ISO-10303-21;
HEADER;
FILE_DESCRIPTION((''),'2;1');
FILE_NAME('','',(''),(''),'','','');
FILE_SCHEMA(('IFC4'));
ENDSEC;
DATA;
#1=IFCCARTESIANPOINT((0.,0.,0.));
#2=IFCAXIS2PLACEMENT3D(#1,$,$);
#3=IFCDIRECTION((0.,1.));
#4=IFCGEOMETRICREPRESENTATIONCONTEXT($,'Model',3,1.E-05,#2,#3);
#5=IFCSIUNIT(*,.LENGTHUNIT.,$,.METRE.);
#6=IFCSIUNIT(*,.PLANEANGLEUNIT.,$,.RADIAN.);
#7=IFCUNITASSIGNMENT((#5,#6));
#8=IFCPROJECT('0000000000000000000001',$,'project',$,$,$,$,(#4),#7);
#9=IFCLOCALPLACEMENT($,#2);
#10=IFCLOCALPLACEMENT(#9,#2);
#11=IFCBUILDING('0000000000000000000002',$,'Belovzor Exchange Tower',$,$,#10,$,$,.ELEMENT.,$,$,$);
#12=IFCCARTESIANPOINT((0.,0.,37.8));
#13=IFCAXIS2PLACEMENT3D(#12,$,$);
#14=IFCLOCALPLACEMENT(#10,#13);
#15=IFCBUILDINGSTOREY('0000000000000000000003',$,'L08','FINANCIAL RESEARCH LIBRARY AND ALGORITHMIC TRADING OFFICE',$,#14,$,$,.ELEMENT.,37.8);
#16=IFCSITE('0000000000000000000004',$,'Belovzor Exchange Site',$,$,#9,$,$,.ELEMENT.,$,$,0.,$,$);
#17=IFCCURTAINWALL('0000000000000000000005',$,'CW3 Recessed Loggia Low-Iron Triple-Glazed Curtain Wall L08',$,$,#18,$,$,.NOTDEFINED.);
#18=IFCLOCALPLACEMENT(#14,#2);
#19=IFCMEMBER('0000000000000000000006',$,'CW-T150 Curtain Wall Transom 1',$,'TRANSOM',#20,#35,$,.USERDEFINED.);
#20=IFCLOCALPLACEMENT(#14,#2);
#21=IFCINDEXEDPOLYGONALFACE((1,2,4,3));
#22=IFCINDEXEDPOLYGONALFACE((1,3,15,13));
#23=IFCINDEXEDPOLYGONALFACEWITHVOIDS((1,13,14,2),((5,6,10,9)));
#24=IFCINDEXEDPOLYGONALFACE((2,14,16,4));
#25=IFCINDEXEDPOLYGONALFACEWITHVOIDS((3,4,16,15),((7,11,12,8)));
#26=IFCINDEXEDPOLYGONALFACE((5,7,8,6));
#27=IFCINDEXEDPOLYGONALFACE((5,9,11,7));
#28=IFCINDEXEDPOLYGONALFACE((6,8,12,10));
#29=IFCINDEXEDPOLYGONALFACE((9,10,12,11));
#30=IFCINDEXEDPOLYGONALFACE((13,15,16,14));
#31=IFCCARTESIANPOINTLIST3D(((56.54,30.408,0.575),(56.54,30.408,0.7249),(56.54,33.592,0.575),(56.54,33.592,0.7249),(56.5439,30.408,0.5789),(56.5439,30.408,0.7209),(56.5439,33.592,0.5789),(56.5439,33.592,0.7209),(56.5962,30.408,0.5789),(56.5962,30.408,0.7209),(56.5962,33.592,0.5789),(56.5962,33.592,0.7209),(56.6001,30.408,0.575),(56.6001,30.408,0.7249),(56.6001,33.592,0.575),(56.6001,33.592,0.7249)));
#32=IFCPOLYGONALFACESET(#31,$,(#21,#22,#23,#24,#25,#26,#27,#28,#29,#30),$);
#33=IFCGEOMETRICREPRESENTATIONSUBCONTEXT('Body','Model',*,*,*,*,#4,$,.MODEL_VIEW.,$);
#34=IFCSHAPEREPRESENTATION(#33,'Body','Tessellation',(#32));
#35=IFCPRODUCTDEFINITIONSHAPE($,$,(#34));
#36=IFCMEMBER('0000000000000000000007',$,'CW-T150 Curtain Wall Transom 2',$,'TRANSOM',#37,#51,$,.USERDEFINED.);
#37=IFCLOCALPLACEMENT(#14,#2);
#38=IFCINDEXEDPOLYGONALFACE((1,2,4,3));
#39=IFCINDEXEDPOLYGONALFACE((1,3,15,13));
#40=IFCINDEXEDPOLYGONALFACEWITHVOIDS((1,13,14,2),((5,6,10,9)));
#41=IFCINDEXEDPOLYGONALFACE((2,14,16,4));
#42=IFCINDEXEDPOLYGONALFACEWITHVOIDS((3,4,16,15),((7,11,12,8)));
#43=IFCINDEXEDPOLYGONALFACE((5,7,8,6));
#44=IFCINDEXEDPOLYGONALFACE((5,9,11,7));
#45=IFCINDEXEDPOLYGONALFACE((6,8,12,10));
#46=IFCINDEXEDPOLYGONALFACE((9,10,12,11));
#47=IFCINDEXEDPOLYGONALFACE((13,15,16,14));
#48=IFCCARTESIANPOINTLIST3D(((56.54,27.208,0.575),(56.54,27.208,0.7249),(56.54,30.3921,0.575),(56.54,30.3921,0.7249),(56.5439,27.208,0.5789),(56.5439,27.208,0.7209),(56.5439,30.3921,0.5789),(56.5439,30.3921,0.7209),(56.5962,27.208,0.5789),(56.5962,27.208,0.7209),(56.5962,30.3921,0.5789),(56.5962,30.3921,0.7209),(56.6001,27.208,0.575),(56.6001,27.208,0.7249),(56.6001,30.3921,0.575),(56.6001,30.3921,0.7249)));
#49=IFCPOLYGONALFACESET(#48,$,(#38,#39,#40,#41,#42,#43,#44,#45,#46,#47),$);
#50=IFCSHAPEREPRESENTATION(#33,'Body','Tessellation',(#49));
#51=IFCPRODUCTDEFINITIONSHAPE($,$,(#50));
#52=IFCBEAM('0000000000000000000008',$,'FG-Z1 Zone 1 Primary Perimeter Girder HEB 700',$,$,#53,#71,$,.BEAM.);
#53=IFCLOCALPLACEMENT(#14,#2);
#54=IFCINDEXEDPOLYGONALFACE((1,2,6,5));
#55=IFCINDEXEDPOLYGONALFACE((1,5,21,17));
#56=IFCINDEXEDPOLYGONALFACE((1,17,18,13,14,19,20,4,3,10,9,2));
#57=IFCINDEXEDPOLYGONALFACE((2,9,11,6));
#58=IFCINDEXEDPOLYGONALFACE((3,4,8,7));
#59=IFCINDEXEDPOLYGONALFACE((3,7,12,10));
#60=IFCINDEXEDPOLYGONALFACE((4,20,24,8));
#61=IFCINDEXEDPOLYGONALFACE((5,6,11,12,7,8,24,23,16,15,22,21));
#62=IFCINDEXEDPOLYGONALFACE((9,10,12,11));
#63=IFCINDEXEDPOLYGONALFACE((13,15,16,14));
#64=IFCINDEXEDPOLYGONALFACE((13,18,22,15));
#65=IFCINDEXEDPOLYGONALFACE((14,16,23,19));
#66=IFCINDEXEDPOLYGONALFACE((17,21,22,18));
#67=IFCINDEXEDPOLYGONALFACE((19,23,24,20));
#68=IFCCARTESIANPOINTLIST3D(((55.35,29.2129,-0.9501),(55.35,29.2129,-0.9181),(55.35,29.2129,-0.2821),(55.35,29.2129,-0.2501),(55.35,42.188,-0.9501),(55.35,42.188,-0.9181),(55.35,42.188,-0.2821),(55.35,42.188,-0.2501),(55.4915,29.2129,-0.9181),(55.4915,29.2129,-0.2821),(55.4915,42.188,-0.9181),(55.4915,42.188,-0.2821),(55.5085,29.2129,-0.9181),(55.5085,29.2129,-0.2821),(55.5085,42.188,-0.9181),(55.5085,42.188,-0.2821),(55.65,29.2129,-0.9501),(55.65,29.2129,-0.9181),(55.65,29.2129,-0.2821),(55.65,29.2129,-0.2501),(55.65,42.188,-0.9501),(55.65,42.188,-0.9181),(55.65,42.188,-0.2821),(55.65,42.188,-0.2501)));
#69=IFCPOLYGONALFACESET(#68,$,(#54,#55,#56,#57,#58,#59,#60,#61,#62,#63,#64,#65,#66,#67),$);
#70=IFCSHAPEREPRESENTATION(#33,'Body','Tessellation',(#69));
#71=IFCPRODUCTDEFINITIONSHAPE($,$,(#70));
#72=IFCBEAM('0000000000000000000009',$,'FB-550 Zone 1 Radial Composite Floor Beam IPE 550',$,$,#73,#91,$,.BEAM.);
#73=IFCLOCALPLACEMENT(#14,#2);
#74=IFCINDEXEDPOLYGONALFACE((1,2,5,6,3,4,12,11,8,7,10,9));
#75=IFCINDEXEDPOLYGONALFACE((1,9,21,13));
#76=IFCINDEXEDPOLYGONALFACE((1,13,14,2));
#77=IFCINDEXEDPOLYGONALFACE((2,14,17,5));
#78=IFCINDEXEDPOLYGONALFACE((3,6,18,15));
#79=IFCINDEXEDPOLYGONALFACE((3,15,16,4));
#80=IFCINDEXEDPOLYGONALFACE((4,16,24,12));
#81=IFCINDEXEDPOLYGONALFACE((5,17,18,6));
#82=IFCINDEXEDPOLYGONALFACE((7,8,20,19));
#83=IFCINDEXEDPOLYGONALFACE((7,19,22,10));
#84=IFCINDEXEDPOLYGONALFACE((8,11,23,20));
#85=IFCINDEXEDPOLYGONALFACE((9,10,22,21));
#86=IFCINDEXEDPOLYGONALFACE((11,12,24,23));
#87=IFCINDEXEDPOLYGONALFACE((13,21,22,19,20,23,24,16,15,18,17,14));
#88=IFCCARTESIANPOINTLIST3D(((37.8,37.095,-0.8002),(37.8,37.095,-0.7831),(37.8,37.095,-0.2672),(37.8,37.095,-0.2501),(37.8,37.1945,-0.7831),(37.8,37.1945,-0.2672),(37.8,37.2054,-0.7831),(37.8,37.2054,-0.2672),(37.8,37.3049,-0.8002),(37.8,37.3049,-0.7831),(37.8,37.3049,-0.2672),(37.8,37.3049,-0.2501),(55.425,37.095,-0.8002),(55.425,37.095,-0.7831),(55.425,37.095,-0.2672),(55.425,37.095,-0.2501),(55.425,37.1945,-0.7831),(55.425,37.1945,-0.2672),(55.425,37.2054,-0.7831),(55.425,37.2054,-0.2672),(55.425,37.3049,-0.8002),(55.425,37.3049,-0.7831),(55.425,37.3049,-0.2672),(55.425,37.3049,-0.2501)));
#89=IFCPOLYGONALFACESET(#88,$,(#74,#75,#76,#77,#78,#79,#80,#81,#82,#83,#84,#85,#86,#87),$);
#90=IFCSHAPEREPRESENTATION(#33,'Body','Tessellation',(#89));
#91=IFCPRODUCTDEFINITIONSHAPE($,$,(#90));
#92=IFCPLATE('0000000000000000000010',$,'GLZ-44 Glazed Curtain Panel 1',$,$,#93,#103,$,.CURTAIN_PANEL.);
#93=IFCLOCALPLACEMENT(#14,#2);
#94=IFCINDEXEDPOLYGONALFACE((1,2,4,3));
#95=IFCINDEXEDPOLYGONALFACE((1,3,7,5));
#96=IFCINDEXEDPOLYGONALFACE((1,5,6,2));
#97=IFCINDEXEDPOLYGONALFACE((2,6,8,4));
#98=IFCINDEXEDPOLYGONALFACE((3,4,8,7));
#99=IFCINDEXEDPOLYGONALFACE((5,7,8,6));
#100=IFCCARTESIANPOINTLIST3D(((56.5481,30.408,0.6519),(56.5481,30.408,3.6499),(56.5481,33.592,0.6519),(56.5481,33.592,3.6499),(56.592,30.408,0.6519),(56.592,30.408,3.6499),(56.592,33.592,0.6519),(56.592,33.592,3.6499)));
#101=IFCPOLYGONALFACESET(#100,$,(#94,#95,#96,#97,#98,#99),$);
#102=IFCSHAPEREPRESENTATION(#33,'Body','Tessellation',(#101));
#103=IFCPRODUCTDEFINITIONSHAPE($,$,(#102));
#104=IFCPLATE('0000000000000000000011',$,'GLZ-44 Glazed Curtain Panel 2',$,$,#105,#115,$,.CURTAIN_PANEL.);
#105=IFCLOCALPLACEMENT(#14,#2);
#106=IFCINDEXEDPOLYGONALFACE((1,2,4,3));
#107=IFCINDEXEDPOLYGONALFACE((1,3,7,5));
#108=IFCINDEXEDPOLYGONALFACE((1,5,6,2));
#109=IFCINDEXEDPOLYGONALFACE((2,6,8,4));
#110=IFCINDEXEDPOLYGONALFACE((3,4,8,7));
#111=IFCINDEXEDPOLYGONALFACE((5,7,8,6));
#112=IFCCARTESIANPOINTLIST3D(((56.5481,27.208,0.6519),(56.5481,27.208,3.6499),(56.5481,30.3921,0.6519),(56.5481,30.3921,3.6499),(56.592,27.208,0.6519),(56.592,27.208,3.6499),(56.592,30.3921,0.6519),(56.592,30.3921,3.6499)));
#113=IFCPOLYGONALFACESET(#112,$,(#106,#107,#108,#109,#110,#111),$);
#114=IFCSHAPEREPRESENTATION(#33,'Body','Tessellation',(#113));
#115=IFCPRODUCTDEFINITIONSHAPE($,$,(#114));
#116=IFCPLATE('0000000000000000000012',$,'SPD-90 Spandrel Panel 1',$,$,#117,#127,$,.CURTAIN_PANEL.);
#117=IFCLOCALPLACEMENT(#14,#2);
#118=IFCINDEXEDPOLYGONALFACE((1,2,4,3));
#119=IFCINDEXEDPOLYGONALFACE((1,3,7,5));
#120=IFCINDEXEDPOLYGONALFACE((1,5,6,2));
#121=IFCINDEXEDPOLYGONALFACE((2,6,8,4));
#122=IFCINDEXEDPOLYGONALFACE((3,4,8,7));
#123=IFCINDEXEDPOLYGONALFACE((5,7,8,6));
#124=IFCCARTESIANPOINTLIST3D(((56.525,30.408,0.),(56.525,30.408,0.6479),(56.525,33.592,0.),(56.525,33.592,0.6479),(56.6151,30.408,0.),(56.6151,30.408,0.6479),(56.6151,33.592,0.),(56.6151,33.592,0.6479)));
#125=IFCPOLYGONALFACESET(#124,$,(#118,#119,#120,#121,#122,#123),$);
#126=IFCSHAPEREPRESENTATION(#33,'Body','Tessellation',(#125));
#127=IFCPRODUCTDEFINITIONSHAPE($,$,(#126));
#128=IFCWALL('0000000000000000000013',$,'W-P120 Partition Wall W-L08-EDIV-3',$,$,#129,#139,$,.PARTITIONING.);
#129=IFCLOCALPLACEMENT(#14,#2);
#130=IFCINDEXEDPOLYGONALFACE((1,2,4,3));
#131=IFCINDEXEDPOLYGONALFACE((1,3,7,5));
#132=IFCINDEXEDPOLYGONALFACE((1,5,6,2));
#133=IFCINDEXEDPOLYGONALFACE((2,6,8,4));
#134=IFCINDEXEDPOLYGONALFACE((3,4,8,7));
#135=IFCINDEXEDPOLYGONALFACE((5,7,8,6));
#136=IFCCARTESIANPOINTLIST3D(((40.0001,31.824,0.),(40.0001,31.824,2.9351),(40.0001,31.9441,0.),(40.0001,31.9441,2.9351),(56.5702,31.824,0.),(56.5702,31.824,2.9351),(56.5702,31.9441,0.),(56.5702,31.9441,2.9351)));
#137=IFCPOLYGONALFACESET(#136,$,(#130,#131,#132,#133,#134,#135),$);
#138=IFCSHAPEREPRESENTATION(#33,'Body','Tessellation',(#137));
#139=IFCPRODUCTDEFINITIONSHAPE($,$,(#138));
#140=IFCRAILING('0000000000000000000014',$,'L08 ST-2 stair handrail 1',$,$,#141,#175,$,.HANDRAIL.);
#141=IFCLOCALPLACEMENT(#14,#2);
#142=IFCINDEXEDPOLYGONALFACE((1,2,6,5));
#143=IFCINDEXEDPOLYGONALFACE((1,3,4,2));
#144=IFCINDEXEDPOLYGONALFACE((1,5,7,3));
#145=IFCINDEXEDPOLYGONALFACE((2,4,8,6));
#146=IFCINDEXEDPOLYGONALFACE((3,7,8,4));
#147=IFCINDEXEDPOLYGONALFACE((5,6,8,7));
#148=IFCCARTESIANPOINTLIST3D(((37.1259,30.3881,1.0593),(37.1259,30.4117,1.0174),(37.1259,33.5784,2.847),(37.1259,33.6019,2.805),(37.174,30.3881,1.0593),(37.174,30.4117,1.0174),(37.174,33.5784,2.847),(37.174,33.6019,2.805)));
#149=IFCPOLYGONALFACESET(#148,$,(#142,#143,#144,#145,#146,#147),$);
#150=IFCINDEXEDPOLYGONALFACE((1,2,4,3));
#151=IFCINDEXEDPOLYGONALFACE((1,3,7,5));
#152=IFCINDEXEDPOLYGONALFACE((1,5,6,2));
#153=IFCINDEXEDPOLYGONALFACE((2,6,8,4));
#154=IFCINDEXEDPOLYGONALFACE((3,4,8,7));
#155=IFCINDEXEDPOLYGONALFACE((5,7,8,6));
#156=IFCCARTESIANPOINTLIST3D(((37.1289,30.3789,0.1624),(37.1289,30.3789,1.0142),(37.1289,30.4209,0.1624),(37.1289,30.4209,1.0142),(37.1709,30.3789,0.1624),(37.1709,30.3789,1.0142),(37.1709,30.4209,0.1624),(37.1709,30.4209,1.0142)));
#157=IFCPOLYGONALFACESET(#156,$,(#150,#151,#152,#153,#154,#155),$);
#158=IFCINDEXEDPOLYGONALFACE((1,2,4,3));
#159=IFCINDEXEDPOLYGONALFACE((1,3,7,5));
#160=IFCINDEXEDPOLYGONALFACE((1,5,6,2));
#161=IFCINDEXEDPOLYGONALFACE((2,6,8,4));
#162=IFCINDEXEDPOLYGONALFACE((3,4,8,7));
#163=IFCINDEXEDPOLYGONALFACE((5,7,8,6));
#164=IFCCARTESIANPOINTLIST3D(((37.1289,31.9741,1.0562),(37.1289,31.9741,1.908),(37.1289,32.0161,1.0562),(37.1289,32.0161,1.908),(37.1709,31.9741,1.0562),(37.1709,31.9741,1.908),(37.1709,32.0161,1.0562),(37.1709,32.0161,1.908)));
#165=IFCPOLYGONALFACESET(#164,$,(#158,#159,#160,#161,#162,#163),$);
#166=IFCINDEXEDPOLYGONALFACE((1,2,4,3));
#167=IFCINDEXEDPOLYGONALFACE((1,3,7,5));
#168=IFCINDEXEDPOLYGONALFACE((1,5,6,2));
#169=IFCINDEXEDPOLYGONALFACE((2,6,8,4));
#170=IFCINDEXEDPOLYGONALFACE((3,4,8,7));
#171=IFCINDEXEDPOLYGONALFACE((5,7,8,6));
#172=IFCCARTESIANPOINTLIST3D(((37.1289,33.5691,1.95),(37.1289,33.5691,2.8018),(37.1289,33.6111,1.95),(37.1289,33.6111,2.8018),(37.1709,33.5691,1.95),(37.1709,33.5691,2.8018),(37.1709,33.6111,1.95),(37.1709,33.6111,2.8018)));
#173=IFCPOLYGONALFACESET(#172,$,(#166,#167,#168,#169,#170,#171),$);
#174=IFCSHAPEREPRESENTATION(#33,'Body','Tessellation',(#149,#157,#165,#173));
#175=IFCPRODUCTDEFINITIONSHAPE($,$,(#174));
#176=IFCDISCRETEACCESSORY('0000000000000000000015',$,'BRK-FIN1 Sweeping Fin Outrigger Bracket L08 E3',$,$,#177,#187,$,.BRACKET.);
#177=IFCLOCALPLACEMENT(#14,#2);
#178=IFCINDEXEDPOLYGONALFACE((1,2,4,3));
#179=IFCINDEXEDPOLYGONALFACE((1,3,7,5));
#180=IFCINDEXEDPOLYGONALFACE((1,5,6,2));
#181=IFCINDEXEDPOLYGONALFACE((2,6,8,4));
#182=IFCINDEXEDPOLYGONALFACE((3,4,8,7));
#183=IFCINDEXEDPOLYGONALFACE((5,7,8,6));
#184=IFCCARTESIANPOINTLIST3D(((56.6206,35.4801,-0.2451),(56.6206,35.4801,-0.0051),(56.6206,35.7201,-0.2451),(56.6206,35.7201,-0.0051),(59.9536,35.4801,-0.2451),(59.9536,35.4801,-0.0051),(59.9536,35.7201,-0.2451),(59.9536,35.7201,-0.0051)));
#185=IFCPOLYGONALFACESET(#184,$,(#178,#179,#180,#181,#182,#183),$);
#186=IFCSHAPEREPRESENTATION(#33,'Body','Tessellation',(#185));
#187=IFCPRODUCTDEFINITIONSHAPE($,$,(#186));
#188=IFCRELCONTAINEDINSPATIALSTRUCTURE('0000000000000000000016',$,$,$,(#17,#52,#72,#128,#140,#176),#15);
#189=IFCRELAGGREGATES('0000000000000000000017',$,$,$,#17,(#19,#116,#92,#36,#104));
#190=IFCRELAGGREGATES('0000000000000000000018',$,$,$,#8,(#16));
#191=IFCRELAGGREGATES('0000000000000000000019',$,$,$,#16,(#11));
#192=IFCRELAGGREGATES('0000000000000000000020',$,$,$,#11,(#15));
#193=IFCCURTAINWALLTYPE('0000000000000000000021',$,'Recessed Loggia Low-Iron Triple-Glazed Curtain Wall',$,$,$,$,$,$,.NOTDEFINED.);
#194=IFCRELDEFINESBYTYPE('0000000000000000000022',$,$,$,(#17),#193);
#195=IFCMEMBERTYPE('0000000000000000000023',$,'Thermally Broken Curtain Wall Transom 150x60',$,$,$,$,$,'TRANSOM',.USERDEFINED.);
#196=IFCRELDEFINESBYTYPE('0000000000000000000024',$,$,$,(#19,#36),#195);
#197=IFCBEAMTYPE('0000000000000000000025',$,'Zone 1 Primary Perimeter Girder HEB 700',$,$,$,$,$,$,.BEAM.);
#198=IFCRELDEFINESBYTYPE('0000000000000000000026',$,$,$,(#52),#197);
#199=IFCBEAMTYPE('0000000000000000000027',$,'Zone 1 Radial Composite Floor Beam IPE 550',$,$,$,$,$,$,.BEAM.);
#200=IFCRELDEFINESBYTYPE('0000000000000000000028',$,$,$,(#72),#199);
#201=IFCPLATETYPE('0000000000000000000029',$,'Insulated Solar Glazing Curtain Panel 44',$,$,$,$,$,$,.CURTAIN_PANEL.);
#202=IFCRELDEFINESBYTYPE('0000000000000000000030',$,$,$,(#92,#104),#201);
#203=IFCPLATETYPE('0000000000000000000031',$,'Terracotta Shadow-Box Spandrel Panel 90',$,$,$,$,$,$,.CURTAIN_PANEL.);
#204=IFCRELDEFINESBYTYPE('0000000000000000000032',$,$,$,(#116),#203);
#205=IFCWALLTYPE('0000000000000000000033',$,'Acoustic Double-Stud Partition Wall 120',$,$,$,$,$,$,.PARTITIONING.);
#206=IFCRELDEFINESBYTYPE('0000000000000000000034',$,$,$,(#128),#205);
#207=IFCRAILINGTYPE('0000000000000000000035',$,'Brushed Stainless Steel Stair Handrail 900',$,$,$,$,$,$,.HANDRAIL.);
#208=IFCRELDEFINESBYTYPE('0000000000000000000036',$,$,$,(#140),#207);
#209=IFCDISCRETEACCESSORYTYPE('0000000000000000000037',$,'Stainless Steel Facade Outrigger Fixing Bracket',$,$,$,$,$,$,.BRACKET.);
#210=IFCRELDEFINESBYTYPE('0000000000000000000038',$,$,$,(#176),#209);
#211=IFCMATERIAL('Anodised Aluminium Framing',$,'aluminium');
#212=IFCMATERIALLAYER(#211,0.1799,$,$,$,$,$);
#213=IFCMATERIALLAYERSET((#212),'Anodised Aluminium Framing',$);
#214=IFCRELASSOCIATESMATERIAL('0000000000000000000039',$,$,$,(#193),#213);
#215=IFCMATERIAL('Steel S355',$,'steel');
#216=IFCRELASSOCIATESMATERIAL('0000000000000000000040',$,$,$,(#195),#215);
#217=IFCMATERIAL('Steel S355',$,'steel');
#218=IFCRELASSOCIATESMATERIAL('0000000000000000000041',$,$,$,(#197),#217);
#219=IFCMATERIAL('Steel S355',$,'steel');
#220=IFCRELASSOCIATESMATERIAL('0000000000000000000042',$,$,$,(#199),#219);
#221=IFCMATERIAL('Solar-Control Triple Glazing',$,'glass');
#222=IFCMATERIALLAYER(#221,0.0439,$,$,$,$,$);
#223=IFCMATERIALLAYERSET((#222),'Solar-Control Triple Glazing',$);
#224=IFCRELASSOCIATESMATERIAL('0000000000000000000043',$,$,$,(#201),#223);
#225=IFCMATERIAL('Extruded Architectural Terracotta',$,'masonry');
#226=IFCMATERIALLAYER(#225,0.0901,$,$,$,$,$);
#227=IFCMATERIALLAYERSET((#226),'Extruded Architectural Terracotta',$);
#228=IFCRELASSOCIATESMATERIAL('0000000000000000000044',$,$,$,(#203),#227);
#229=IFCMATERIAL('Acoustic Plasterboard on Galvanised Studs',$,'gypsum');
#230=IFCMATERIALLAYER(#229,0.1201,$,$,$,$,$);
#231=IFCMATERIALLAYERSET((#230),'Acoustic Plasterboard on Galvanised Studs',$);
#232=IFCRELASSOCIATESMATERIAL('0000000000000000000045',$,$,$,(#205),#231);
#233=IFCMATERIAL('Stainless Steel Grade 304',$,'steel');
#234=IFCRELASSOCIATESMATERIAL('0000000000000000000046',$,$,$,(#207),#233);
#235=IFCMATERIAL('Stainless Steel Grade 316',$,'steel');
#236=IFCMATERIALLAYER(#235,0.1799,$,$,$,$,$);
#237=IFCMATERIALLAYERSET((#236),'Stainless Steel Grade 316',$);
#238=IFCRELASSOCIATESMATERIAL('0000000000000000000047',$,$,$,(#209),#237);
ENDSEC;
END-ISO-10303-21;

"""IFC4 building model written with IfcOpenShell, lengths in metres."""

from ifc_helpers import new_model, si_unit, direction, frame, frame_2d, origin, origin_2d, place, context, subcontext, project, spatial, rectangle, hollow_rectangle, i_section, extrude, material, layer, layer_set, material_profile, profile_set, type_object, element, aggregate, save


model = new_model("IFC4")

# Units and contexts
model_context = context("Model", 3, precision=1e-05, world=origin(), true_north=direction((0.0, 1.0)))
body_context = subcontext(model_context, "Body", "Model", "MODEL_VIEW")
ifc_project = project(units=[si_unit("LENGTHUNIT", "METRE"), si_unit("PLANEANGLEUNIT", "RADIAN")], contexts=[model_context])

# Site, building, storey
site_placement = place(None, origin())
site = spatial("IfcSite", under=ifc_project, at=site_placement, Name="Belovzor Exchange Site", CompositionType="ELEMENT", RefElevation=0.0)
building_placement = place(site_placement, origin())
building = spatial("IfcBuilding", under=site, at=building_placement, Name="Belovzor Exchange Tower", CompositionType="ELEMENT")
storey_placement = place(building_placement, frame((0.0, 0.0, 37.8)))
storey = spatial("IfcBuildingStorey", under=building, at=storey_placement, Name="L08", Description="FINANCIAL RESEARCH LIBRARY AND ALGORITHMIC TRADING OFFICE", CompositionType="ELEMENT", Elevation=37.8)

# Curtain wall, members
ifc_material_1 = material(Name="Anodised Aluminium Framing", Category="aluminium")
ifc_layer_1 = layer(ifc_material_1, 0.1799)
ifc_layer_set_1 = layer_set([ifc_layer_1], Name="Anodised Aluminium Framing")
curtain_wall_type = type_object("IfcCurtainWallType", Name="Recessed Loggia Low-Iron Triple-Glazed Curtain Wall", PredefinedType="NOTDEFINED", material=ifc_layer_set_1)
curtain_wall_placement = place(storey_placement, origin())
curtain_wall = element("IfcCurtainWall", 1, at=curtain_wall_placement, inside=storey, type_object=curtain_wall_type, Name="CW3 Recessed Loggia Low-Iron Triple-Glazed Curtain Wall L08", PredefinedType="NOTDEFINED")
ifc_material_2 = material(Name="Steel S355", Category="steel")
ifc_material_profile_1 = material_profile(ifc_material_2, hollow_rectangle(XDim=0.0601, YDim=0.1499, WallThickness=0.0039, at=origin_2d()))
ifc_profile_set_1 = profile_set([ifc_material_profile_1], Name="Steel S355")
member_type_1 = type_object("IfcMemberType", Name="Thermally Broken Curtain Wall Transom 150x60", ElementType="TRANSOM", PredefinedType="USERDEFINED", material=ifc_profile_set_1)
member_1_placement = place(storey_placement, frame((56.5701, 33.592, 0.6499), z_axis=(0.0, -1.0, 0.0), x_axis=(1.0, 0.0, 0.0)))
member_1 = element("IfcMember", 2, at=member_1_placement, type_object=member_type_1, Name="CW-T150 Curtain Wall Transom 1", ObjectType="TRANSOM", PredefinedType="USERDEFINED", context=body_context, shape_type="SweptSolid", body=[
    extrude(hollow_rectangle(XDim=0.0601, YDim=0.1499, WallThickness=0.0039, at=origin_2d()), origin(), (0.0, 0.0, 1.0), 3.1841),
])
member_2_placement = place(storey_placement, frame((56.5701, 30.3921, 0.6499), z_axis=(0.0, -1.0, 0.0), x_axis=(1.0, 0.0, 0.0)))
member_2 = element("IfcMember", 3, at=member_2_placement, type_object=member_type_1, Name="CW-T150 Curtain Wall Transom 2", ObjectType="TRANSOM", PredefinedType="USERDEFINED", context=body_context, shape_type="SweptSolid", body=[
    extrude(hollow_rectangle(XDim=0.0601, YDim=0.1499, WallThickness=0.0039, at=origin_2d()), origin(), (0.0, 0.0, 1.0), 3.1841),
])

# Beams
ifc_material_3 = material(Name="Steel S355", Category="steel")
ifc_material_profile_2 = material_profile(ifc_material_3, i_section(OverallWidth=0.3, OverallDepth=0.7, WebThickness=0.0171, FlangeThickness=0.032, at=origin_2d()))
ifc_profile_set_2 = profile_set([ifc_material_profile_2], Name="Steel S355")
beam_type_1 = type_object("IfcBeamType", Name="Zone 1 Primary Perimeter Girder HEB 700", PredefinedType="BEAM", material=ifc_profile_set_2)
beam_1_placement = place(storey_placement, frame((55.5, 29.2129, -0.6001), z_axis=(0.0, 1.0, 0.0), x_axis=(-1.0, 0.0, 0.0)))
element("IfcBeam", 4, at=beam_1_placement, inside=storey, type_object=beam_type_1, Name="FG-Z1 Zone 1 Primary Perimeter Girder HEB 700", PredefinedType="BEAM", context=body_context, shape_type="SweptSolid", body=[
    extrude(i_section(OverallWidth=0.3, OverallDepth=0.7, WebThickness=0.0171, FlangeThickness=0.032, at=origin_2d()), origin(), (0.0, 0.0, 1.0), 12.9751),
])
ifc_material_4 = material(Name="Steel S355", Category="steel")
ifc_material_profile_3 = material_profile(ifc_material_4, i_section(OverallWidth=0.21, OverallDepth=0.55, WebThickness=0.011, FlangeThickness=0.0171, at=origin_2d()))
ifc_profile_set_3 = profile_set([ifc_material_profile_3], Name="Steel S355")
beam_type_2 = type_object("IfcBeamType", Name="Zone 1 Radial Composite Floor Beam IPE 550", PredefinedType="BEAM", material=ifc_profile_set_3)
beam_2_placement = place(storey_placement, frame((37.8, 37.2, -0.5251), z_axis=(1.0, 0.0, 0.0), x_axis=(0.0, 1.0, 0.0)))
element("IfcBeam", 5, at=beam_2_placement, inside=storey, type_object=beam_type_2, Name="FB-550 Zone 1 Radial Composite Floor Beam IPE 550", PredefinedType="BEAM", context=body_context, shape_type="SweptSolid", body=[
    extrude(i_section(OverallWidth=0.21, OverallDepth=0.55, WebThickness=0.011, FlangeThickness=0.0171, at=origin_2d()), origin(), (0.0, 0.0, 1.0), 17.625),
])

# Plates
ifc_material_5 = material(Name="Solar-Control Triple Glazing", Category="glass")
ifc_layer_2 = layer(ifc_material_5, 0.0439)
ifc_layer_set_2 = layer_set([ifc_layer_2], Name="Solar-Control Triple Glazing")
plate_type_1 = type_object("IfcPlateType", Name="Insulated Solar Glazing Curtain Panel 44", PredefinedType="CURTAIN_PANEL", material=ifc_layer_set_2)
plate_1_placement = place(storey_placement, frame((56.5701, 32.0, 0.6519), z_axis=(0.0, 0.0, 1.0), x_axis=(0.0, -1.0, 0.0)))
plate_1 = element("IfcPlate", 6, at=plate_1_placement, type_object=plate_type_1, Name="GLZ-44 Glazed Curtain Panel 1", PredefinedType="CURTAIN_PANEL", context=body_context, shape_type="SweptSolid", body=[
    extrude(rectangle(XDim=3.1841, YDim=0.0439, at=origin_2d()), origin(), (0.0, 0.0, 1.0), 2.998),
])
plate_2_placement = place(storey_placement, frame((56.5701, 28.8, 0.6519), z_axis=(0.0, 0.0, 1.0), x_axis=(0.0, -1.0, 0.0)))
plate_2 = element("IfcPlate", 7, at=plate_2_placement, type_object=plate_type_1, Name="GLZ-44 Glazed Curtain Panel 2", PredefinedType="CURTAIN_PANEL", context=body_context, shape_type="SweptSolid", body=[
    extrude(rectangle(XDim=3.1841, YDim=0.0439, at=origin_2d()), origin(), (0.0, 0.0, 1.0), 2.998),
])
ifc_material_6 = material(Name="Extruded Architectural Terracotta", Category="masonry")
ifc_layer_3 = layer(ifc_material_6, 0.0901)
ifc_layer_set_3 = layer_set([ifc_layer_3], Name="Extruded Architectural Terracotta")
plate_type_2 = type_object("IfcPlateType", Name="Terracotta Shadow-Box Spandrel Panel 90", PredefinedType="CURTAIN_PANEL", material=ifc_layer_set_3)
plate_3_placement = place(storey_placement, frame((56.5701, 32.0, 0.0), z_axis=(0.0, 0.0, 1.0), x_axis=(0.0, -1.0, 0.0)))
plate_3 = element("IfcPlate", 8, at=plate_3_placement, type_object=plate_type_2, Name="SPD-90 Spandrel Panel 1", PredefinedType="CURTAIN_PANEL", context=body_context, shape_type="SweptSolid", body=[
    extrude(rectangle(XDim=3.1841, YDim=0.0901, at=origin_2d()), origin(), (0.0, 0.0, 1.0), 0.6479),
])
aggregate(curtain_wall, [member_1, plate_3, plate_1, member_2, plate_2])

# Wall
ifc_material_7 = material(Name="Acoustic Plasterboard on Galvanised Studs", Category="gypsum")
ifc_layer_4 = layer(ifc_material_7, 0.1201)
ifc_layer_set_4 = layer_set([ifc_layer_4], Name="Acoustic Plasterboard on Galvanised Studs")
wall_type = type_object("IfcWallType", Name="Acoustic Double-Stud Partition Wall 120", PredefinedType="PARTITIONING", material=ifc_layer_set_4)
wall_placement = place(storey_placement, frame((40.0, 31.884, 0.0), z_axis=(0.0, 0.0, 1.0), x_axis=(1.0, 0.0, 0.0)))
element("IfcWall", 9, at=wall_placement, inside=storey, type_object=wall_type, Name="W-P120 Partition Wall W-L08-EDIV-3", PredefinedType="PARTITIONING", context=body_context, shape_type="SweptSolid", body=[
    extrude(rectangle(XDim=16.5701, YDim=0.1201, at=frame_2d((8.2852, 0.0))), origin(), (0.0, 0.0, 1.0), 2.9351),
])

# Railing
ifc_material_8 = material(Name="Stainless Steel Grade 304", Category="steel")
railing_type = type_object("IfcRailingType", Name="Brushed Stainless Steel Stair Handrail 900", PredefinedType="HANDRAIL", material=ifc_material_8)
railing_placement = place(storey_placement, frame((37.1499, 30.3999, 0.1624)))
element("IfcRailing", 10, at=railing_placement, inside=storey, type_object=railing_type, Name="L08 ST-2 stair handrail 1", PredefinedType="HANDRAIL", context=body_context, shape_type="SweptSolid", body=[
    extrude(rectangle(XDim=0.0481, YDim=0.0481, at=origin_2d()), frame((0.0, 0.0, 0.876), z_axis=(0.0, 0.872378, 0.488831), x_axis=(-1.0, 0.0, 0.0)), (0.0, 0.0, 1.0), 3.657),
    extrude(rectangle(XDim=0.042, YDim=0.042, at=origin_2d()), origin(), (0.0, 0.0, 1.0), 0.8518),
    extrude(rectangle(XDim=0.042, YDim=0.042, at=origin_2d()), frame((0.0, 1.5952, 0.8938)), (0.0, 0.0, 1.0), 0.8518),
    extrude(rectangle(XDim=0.042, YDim=0.042, at=origin_2d()), frame((0.0, 3.1902, 1.7876)), (0.0, 0.0, 1.0), 0.8518),
])

# Discrete accessory
ifc_material_9 = material(Name="Stainless Steel Grade 316", Category="steel")
ifc_layer_5 = layer(ifc_material_9, 0.1799)
ifc_layer_set_5 = layer_set([ifc_layer_5], Name="Stainless Steel Grade 316")
discrete_accessory_type = type_object("IfcDiscreteAccessoryType", Name="Stainless Steel Facade Outrigger Fixing Bracket", PredefinedType="BRACKET", material=ifc_layer_set_5)
discrete_accessory_placement = place(storey_placement, frame((58.2871, 35.6001, -0.2451), z_axis=(0.0, 0.0, 1.0), x_axis=(1.0, 0.0, 0.0)))
element("IfcDiscreteAccessory", 11, at=discrete_accessory_placement, inside=storey, type_object=discrete_accessory_type, Name="BRK-FIN1 Sweeping Fin Outrigger Bracket L08 E3", PredefinedType="BRACKET", context=body_context, shape_type="SweptSolid", body=[
    extrude(rectangle(XDim=3.333, YDim=0.24, at=origin_2d()), origin(), (0.0, 0.0, 1.0), 0.24),
])

save(model, "model.ifc")
